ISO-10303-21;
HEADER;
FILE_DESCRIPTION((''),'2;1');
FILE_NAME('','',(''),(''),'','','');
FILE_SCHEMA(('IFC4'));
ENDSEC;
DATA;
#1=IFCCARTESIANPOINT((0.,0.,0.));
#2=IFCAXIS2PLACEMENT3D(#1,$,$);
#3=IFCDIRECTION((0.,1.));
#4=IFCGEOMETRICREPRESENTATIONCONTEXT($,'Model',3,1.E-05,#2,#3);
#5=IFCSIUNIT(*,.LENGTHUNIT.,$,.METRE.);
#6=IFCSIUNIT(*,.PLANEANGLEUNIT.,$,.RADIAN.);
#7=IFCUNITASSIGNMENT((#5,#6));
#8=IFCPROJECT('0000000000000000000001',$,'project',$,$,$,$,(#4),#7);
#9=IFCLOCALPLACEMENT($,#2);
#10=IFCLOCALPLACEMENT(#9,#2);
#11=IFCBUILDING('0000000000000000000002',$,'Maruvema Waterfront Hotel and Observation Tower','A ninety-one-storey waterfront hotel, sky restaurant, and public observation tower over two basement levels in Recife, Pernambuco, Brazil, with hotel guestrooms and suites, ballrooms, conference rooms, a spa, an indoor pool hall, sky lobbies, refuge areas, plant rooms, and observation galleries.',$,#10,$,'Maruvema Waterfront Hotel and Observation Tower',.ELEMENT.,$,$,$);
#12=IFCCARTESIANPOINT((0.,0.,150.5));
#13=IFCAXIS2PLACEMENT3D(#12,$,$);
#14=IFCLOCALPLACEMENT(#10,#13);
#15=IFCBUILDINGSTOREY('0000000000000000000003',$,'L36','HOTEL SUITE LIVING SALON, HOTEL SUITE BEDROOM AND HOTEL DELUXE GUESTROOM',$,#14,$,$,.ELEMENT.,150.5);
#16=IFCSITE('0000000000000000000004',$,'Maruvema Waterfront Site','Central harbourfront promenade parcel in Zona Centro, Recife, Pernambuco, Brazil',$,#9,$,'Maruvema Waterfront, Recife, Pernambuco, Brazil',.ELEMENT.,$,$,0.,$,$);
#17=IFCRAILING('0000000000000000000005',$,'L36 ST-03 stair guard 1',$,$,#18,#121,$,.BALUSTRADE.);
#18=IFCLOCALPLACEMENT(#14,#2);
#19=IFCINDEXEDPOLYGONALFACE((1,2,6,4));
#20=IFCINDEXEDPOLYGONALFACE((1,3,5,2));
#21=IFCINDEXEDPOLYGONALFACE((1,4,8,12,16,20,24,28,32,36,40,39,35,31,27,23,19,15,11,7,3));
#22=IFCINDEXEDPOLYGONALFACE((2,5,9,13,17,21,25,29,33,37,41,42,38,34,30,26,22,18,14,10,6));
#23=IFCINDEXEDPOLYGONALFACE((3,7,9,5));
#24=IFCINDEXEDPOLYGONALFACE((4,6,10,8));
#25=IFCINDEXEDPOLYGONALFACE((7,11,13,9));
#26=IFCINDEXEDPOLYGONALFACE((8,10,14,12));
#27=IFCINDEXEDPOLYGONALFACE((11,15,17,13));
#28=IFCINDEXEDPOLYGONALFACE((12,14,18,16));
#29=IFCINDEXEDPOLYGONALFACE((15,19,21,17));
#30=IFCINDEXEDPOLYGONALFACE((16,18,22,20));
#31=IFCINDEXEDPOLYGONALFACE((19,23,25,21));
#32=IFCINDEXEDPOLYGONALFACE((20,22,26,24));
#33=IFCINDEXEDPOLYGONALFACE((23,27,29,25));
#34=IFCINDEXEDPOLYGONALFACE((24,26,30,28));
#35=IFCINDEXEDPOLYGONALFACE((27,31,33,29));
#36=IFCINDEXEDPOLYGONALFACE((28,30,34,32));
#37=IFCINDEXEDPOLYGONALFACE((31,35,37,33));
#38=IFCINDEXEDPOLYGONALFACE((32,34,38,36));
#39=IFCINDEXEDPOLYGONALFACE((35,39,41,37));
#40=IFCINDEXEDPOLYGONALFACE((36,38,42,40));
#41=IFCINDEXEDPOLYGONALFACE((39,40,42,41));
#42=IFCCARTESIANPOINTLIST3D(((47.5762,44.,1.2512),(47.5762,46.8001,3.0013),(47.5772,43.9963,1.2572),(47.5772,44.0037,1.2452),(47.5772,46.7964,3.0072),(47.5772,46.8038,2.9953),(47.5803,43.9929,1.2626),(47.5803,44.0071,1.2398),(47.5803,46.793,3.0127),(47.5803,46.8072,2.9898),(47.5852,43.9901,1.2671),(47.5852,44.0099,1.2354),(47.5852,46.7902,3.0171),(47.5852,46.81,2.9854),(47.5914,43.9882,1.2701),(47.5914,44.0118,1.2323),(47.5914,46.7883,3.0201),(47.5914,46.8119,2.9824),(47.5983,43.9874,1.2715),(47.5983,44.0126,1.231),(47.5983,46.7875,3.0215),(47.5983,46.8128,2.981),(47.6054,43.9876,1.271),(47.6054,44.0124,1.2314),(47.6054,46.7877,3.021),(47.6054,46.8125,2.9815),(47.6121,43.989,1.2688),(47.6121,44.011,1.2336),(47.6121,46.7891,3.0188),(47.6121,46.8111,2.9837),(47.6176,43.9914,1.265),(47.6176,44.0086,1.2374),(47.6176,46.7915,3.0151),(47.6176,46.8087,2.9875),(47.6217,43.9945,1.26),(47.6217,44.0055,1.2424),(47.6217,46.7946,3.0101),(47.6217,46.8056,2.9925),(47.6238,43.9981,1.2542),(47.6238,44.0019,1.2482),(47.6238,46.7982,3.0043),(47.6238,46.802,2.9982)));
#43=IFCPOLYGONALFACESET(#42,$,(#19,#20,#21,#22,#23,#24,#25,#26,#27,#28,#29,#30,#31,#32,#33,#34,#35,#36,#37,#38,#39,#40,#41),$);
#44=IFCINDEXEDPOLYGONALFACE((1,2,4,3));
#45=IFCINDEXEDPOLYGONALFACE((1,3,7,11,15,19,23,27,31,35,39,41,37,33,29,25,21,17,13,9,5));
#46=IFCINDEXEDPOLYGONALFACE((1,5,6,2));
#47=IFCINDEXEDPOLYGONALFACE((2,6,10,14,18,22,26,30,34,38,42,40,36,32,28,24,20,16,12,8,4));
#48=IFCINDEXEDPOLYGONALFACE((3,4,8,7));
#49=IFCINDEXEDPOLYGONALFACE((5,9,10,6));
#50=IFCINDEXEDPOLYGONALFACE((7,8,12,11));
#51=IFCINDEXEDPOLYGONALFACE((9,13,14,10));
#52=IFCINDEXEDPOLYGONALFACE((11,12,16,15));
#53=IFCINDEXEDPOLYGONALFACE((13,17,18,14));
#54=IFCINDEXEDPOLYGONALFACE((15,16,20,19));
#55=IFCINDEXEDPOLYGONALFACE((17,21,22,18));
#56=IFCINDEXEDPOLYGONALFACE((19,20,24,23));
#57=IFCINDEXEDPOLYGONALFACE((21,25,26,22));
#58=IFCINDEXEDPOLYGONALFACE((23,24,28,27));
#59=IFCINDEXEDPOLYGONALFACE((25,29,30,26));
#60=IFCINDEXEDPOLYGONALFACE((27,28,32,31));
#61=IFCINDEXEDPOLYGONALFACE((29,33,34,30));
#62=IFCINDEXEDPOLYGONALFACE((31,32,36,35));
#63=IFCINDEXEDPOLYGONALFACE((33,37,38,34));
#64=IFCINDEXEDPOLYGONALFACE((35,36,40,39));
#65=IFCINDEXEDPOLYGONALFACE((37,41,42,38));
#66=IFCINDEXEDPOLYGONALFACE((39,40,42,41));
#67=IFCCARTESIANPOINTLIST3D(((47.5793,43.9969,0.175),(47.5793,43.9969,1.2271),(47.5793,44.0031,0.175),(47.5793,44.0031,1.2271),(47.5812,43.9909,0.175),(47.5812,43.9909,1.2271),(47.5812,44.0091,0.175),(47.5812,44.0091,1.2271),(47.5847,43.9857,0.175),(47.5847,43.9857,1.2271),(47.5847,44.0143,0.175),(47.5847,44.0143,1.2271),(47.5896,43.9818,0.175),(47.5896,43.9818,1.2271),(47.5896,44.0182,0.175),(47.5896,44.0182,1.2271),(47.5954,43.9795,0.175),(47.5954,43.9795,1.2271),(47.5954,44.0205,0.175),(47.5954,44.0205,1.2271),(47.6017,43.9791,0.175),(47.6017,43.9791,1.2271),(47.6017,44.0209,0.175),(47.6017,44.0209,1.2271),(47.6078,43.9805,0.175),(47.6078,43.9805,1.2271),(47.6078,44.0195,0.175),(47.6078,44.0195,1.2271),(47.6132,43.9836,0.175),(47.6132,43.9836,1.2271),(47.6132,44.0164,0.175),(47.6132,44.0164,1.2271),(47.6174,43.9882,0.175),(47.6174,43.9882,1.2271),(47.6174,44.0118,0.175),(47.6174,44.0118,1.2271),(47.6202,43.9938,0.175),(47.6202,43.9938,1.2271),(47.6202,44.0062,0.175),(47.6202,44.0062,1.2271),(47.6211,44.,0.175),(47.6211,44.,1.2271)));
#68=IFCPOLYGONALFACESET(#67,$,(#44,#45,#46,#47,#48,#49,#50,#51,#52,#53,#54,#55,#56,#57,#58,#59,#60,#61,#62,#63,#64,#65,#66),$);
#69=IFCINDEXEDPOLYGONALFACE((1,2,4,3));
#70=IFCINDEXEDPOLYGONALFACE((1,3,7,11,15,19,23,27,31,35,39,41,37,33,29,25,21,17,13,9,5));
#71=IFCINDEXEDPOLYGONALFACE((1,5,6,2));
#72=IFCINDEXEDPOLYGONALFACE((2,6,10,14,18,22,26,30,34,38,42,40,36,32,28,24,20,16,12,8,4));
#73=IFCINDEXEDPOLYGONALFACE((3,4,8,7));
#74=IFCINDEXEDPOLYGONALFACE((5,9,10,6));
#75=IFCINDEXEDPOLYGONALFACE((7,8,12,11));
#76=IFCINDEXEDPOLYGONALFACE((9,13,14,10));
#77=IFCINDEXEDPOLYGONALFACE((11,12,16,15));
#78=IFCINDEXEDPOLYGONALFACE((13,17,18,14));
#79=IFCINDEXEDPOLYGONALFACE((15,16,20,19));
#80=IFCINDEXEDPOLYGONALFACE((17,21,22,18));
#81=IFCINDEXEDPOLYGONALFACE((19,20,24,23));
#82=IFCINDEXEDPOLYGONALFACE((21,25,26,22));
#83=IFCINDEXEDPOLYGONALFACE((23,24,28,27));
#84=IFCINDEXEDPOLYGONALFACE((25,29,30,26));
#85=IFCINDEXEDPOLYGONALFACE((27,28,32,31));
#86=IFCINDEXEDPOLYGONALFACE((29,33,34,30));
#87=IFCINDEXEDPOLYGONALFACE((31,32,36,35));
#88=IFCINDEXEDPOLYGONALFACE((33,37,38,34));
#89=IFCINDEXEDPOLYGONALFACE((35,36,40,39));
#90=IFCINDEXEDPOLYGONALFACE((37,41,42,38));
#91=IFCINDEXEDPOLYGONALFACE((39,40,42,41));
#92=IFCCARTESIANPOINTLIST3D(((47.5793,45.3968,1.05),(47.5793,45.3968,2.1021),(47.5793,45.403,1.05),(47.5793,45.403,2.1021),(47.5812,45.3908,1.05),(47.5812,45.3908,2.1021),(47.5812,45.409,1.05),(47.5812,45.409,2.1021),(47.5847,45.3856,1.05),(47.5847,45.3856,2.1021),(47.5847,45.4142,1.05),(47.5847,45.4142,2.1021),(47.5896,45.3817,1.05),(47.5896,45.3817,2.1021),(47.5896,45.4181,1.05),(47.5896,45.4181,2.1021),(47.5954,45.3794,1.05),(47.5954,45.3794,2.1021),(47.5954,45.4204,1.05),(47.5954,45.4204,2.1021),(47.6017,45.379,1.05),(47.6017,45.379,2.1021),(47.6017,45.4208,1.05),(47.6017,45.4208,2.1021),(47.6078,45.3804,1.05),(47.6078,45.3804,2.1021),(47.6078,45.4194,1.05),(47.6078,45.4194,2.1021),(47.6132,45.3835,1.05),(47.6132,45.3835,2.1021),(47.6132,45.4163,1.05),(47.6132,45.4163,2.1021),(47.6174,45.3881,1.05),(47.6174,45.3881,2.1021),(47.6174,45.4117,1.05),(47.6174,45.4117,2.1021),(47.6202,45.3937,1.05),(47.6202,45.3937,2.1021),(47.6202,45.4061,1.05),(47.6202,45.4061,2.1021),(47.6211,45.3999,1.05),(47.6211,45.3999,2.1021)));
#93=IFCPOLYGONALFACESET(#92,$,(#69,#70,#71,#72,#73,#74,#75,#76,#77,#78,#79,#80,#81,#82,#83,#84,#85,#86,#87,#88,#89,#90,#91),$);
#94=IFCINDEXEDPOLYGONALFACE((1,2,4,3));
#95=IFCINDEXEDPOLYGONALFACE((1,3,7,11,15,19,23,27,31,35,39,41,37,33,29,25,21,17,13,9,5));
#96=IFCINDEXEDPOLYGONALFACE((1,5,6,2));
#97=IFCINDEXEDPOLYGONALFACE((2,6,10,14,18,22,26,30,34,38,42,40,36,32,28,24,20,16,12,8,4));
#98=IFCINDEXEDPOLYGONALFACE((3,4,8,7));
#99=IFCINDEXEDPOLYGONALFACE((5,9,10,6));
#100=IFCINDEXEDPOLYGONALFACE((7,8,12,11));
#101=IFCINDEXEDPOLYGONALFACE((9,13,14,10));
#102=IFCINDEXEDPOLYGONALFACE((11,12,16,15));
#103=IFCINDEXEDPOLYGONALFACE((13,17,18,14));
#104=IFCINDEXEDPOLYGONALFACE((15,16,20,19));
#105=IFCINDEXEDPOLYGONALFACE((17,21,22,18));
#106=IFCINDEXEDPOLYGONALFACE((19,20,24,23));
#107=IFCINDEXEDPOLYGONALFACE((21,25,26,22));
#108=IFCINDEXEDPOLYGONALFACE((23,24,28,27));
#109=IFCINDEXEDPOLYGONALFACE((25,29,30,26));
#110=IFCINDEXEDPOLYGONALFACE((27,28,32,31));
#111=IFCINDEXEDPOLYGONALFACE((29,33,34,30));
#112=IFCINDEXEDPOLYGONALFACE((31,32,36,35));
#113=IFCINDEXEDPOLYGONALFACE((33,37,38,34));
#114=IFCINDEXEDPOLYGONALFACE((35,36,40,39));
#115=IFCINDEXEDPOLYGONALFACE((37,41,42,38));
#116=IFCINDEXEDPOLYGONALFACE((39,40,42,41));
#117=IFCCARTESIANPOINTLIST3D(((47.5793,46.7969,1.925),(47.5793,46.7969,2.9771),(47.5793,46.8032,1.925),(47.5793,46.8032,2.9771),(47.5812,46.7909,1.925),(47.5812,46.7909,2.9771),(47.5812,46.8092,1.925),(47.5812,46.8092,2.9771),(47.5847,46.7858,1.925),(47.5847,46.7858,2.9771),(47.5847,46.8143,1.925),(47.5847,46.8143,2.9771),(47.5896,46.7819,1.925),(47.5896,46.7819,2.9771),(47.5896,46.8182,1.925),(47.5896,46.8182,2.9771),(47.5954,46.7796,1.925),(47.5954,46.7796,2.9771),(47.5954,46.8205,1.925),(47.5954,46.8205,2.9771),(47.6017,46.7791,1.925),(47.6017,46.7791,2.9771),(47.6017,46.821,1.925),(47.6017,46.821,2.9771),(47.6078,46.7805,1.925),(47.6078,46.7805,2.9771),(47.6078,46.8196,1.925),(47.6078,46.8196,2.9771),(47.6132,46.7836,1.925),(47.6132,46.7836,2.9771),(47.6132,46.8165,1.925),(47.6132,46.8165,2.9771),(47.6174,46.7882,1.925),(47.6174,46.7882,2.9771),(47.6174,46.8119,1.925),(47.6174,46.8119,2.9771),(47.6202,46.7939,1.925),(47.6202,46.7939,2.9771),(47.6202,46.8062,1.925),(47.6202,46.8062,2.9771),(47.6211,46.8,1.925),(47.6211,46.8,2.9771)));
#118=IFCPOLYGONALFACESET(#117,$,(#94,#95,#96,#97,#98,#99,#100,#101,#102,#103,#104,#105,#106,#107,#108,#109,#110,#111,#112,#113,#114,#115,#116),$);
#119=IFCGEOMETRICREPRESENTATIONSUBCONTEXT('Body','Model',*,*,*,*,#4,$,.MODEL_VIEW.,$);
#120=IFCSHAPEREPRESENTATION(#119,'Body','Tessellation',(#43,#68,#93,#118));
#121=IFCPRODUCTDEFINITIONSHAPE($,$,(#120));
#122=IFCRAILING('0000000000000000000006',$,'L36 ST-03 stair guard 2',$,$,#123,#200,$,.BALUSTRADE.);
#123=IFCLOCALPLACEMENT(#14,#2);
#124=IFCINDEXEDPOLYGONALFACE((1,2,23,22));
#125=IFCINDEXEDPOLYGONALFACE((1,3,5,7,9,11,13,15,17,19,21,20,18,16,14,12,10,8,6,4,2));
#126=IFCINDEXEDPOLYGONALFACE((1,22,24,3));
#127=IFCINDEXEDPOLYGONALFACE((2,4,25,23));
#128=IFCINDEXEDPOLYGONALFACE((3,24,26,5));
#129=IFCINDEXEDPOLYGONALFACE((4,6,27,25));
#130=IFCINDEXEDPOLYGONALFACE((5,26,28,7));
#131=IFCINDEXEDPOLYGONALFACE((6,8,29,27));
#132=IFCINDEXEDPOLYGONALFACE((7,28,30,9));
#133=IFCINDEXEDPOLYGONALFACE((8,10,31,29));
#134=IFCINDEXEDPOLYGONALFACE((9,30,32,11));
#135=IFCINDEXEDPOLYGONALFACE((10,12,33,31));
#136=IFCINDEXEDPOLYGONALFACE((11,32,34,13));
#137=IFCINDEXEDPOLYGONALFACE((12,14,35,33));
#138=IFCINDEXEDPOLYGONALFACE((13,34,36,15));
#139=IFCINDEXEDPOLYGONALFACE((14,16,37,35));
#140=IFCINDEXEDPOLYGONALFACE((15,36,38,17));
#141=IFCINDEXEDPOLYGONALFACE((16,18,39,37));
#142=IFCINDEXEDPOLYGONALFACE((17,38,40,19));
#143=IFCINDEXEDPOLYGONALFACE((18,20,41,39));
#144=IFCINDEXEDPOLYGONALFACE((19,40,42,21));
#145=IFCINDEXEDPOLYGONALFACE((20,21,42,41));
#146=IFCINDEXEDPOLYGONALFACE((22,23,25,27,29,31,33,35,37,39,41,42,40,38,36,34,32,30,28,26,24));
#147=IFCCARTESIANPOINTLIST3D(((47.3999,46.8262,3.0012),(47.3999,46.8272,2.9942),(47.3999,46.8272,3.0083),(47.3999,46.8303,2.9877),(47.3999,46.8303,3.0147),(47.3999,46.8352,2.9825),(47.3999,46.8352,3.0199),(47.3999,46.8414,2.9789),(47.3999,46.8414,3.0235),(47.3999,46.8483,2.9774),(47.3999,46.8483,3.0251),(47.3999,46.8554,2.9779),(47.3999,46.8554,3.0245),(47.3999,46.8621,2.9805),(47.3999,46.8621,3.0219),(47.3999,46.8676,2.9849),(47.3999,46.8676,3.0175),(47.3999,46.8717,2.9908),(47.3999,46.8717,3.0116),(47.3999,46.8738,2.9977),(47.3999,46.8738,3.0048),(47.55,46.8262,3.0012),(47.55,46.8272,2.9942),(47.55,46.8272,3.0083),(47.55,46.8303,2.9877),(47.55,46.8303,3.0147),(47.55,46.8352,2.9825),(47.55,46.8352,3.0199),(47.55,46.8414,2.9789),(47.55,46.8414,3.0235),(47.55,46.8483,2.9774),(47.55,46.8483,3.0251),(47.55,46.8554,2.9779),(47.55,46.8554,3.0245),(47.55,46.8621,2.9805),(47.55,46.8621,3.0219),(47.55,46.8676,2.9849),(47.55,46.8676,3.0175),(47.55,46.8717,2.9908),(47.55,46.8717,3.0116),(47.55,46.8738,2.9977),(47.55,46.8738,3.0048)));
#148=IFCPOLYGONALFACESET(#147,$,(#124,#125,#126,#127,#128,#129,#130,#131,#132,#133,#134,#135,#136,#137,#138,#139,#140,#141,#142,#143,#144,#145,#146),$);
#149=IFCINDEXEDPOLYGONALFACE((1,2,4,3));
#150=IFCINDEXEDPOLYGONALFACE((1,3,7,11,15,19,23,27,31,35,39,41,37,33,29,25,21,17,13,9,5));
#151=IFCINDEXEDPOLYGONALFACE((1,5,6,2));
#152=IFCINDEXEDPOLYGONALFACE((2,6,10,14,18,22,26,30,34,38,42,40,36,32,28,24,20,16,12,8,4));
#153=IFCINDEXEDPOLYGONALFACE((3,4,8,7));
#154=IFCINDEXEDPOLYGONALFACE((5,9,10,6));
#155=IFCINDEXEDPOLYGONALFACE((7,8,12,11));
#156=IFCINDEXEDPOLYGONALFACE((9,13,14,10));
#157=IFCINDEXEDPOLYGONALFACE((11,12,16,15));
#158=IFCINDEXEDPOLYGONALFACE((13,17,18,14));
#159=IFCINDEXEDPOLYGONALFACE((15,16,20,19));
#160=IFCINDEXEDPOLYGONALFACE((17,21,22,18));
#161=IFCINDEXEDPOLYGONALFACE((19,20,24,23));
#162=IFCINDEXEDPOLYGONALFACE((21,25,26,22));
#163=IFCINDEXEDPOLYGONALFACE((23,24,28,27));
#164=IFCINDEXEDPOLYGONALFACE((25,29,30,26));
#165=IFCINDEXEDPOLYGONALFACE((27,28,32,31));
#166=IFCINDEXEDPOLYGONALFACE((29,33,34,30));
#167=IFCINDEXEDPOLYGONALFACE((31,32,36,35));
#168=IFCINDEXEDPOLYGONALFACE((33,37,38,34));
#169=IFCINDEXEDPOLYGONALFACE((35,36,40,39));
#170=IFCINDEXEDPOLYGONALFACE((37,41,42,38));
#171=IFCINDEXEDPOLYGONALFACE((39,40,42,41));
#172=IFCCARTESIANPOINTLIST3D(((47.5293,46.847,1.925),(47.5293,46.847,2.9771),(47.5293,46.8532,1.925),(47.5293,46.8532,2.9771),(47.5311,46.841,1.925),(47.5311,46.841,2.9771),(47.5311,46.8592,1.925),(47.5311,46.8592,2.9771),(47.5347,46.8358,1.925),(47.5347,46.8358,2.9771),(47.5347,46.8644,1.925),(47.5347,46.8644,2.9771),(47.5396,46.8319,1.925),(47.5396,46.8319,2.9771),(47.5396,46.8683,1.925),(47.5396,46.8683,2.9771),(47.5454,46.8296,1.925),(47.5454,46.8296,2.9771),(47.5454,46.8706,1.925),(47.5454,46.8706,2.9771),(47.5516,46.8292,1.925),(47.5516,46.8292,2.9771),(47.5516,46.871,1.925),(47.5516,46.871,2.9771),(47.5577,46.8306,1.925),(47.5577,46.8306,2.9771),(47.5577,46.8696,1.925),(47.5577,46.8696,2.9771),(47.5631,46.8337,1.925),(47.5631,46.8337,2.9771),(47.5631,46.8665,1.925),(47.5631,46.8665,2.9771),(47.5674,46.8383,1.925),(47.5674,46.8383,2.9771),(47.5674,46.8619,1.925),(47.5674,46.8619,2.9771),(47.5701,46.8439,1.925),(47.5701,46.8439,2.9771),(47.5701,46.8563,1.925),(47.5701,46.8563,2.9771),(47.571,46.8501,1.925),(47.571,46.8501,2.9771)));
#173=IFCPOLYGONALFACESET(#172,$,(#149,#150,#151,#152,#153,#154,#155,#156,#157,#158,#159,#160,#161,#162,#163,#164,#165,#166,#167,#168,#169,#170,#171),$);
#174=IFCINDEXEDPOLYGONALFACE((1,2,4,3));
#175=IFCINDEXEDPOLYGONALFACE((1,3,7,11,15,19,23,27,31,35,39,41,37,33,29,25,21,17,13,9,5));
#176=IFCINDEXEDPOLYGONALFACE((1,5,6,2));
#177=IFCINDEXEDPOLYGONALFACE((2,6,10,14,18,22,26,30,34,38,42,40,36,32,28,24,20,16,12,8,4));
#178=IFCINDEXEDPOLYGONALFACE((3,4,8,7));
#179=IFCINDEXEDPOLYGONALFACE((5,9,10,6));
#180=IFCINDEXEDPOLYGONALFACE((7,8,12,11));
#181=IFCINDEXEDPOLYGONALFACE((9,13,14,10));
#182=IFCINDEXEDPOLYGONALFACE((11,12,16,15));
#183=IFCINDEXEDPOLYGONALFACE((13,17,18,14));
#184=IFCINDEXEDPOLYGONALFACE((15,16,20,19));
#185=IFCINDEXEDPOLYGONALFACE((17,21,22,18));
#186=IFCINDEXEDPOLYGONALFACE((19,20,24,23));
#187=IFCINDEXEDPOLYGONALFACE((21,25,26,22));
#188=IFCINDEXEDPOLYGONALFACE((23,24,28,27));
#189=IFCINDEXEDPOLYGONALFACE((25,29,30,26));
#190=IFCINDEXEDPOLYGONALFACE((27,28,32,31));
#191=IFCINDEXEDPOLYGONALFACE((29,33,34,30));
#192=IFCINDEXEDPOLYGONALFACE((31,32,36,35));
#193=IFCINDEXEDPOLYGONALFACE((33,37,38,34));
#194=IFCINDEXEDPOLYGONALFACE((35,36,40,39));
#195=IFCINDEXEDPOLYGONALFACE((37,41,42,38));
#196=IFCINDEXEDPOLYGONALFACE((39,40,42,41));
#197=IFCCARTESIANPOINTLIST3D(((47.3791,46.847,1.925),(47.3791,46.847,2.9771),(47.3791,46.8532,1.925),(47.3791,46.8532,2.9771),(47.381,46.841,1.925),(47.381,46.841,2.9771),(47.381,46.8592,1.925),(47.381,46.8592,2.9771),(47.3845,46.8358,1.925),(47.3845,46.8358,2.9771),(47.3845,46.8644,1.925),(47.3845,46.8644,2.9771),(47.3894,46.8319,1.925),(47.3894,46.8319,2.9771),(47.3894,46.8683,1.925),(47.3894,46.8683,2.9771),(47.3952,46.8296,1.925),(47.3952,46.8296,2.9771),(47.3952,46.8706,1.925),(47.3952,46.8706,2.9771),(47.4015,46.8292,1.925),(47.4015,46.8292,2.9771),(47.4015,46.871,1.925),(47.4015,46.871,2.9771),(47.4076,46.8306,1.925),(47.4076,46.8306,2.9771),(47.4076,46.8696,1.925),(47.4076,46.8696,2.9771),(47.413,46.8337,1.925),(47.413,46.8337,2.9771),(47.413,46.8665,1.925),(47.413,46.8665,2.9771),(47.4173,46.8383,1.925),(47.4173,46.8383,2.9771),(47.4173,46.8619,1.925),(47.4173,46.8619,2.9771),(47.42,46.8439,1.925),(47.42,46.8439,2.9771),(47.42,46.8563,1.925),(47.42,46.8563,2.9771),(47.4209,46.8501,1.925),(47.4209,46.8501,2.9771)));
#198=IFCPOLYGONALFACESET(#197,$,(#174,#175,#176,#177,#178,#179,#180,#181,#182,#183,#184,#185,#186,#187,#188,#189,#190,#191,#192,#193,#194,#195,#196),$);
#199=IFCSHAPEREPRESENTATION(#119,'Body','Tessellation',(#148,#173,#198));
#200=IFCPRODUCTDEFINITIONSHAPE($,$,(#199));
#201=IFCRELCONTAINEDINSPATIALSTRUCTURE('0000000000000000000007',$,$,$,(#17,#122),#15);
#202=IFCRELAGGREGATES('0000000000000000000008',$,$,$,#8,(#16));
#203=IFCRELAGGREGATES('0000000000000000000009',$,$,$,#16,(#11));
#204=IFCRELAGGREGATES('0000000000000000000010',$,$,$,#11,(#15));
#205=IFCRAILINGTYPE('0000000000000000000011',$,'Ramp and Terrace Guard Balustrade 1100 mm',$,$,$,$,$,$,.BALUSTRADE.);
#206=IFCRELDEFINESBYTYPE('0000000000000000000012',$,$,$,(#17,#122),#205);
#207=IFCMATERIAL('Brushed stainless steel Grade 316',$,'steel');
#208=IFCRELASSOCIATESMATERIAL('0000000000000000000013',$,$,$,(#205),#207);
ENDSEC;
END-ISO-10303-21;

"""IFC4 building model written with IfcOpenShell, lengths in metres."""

from ifc_helpers import new_model, si_unit, direction, frame, origin, origin_2d, place, context, subcontext, project, spatial, circle, extrude, material, type_object, element, save


model = new_model("IFC4")

# Units and contexts
model_context = context("Model", 3, precision=1e-05, world=origin(), true_north=direction((0.0, 1.0)))
body_context = subcontext(model_context, "Body", "Model", "MODEL_VIEW")
ifc_project = project(units=[si_unit("LENGTHUNIT", "METRE"), si_unit("PLANEANGLEUNIT", "RADIAN")], contexts=[model_context])

# Site, building, storey
site_placement = place(None, origin())
site = spatial("IfcSite", under=ifc_project, at=site_placement, Name="Maruvema Waterfront Site", Description="Central harbourfront promenade parcel in Zona Centro, Recife, Pernambuco, Brazil", LongName="Maruvema Waterfront, Recife, Pernambuco, Brazil", CompositionType="ELEMENT", RefElevation=0.0)
building_placement = place(site_placement, origin())
building = spatial("IfcBuilding", under=site, at=building_placement, Name="Maruvema Waterfront Hotel and Observation Tower", Description="A ninety-one-storey waterfront hotel, sky restaurant, and public observation tower over two basement levels in Recife, Pernambuco, Brazil, with hotel guestrooms and suites, ballrooms, conference rooms, a spa, an indoor pool hall, sky lobbies, refuge areas, plant rooms, and observation galleries.", LongName="Maruvema Waterfront Hotel and Observation Tower", CompositionType="ELEMENT")
storey_placement = place(building_placement, frame((0.0, 0.0, 150.5)))
storey = spatial("IfcBuildingStorey", under=building, at=storey_placement, Name="L36", Description="HOTEL SUITE LIVING SALON, HOTEL SUITE BEDROOM AND HOTEL DELUXE GUESTROOM", CompositionType="ELEMENT", Elevation=150.5)

# Railings
ifc_material_1 = material(Name="Brushed stainless steel Grade 316", Category="steel")
railing_type_1 = type_object("IfcRailingType", Name="Ramp and Terrace Guard Balustrade 1100 mm", PredefinedType="BALUSTRADE", material=ifc_material_1)
railing_1_placement = place(storey_placement, frame((47.6001, 44.0, 0.175)))
element("IfcRailing", 1, at=railing_1_placement, inside=storey, type_object=railing_type_1, Name="L36 ST-03 stair guard 1", PredefinedType="BALUSTRADE", context=body_context, shape_type="SweptSolid", body=[
    extrude(circle(Radius=0.0239, at=origin_2d()), frame((0.0, 0.0, 1.0762), z_axis=(0.0, 0.848002, 0.529992), x_axis=(-1.0, 0.0, 0.0)), (0.0, 0.0, 1.0), 3.302),
    extrude(circle(Radius=0.021, at=origin_2d()), origin(), (0.0, 0.0, 1.0), 1.052),
    extrude(circle(Radius=0.021, at=origin_2d()), frame((0.0, 1.3999, 0.875)), (0.0, 0.0, 1.0), 1.052),
    extrude(circle(Radius=0.021, at=origin_2d()), frame((0.0, 2.8, 1.75)), (0.0, 0.0, 1.0), 1.052),
])
for number, where, name in (
    (2, (47.55, 46.8501, 1.925), "L36 ST-03 stair guard 2"),
):
    element("IfcRailing", number, at=place(storey_placement, frame(where)), inside=storey, type_object=railing_type_1, Name=name, PredefinedType="BALUSTRADE", context=body_context, shape_type="SweptSolid", body=[
        extrude(circle(Radius=0.0239, at=origin_2d()), frame((0.0, 0.0, 1.0762), z_axis=(-1.0, 0.0, 0.0), x_axis=(0.0, -1.0, 0.0)), (0.0, 0.0, 1.0), 0.1501),
        extrude(circle(Radius=0.021, at=origin_2d()), origin(), (0.0, 0.0, 1.0), 1.052),
        extrude(circle(Radius=0.021, at=origin_2d()), frame((-0.1501, 0.0, 0.0)), (0.0, 0.0, 1.0), 1.052),
    ])

save(model, "model.ifc")
